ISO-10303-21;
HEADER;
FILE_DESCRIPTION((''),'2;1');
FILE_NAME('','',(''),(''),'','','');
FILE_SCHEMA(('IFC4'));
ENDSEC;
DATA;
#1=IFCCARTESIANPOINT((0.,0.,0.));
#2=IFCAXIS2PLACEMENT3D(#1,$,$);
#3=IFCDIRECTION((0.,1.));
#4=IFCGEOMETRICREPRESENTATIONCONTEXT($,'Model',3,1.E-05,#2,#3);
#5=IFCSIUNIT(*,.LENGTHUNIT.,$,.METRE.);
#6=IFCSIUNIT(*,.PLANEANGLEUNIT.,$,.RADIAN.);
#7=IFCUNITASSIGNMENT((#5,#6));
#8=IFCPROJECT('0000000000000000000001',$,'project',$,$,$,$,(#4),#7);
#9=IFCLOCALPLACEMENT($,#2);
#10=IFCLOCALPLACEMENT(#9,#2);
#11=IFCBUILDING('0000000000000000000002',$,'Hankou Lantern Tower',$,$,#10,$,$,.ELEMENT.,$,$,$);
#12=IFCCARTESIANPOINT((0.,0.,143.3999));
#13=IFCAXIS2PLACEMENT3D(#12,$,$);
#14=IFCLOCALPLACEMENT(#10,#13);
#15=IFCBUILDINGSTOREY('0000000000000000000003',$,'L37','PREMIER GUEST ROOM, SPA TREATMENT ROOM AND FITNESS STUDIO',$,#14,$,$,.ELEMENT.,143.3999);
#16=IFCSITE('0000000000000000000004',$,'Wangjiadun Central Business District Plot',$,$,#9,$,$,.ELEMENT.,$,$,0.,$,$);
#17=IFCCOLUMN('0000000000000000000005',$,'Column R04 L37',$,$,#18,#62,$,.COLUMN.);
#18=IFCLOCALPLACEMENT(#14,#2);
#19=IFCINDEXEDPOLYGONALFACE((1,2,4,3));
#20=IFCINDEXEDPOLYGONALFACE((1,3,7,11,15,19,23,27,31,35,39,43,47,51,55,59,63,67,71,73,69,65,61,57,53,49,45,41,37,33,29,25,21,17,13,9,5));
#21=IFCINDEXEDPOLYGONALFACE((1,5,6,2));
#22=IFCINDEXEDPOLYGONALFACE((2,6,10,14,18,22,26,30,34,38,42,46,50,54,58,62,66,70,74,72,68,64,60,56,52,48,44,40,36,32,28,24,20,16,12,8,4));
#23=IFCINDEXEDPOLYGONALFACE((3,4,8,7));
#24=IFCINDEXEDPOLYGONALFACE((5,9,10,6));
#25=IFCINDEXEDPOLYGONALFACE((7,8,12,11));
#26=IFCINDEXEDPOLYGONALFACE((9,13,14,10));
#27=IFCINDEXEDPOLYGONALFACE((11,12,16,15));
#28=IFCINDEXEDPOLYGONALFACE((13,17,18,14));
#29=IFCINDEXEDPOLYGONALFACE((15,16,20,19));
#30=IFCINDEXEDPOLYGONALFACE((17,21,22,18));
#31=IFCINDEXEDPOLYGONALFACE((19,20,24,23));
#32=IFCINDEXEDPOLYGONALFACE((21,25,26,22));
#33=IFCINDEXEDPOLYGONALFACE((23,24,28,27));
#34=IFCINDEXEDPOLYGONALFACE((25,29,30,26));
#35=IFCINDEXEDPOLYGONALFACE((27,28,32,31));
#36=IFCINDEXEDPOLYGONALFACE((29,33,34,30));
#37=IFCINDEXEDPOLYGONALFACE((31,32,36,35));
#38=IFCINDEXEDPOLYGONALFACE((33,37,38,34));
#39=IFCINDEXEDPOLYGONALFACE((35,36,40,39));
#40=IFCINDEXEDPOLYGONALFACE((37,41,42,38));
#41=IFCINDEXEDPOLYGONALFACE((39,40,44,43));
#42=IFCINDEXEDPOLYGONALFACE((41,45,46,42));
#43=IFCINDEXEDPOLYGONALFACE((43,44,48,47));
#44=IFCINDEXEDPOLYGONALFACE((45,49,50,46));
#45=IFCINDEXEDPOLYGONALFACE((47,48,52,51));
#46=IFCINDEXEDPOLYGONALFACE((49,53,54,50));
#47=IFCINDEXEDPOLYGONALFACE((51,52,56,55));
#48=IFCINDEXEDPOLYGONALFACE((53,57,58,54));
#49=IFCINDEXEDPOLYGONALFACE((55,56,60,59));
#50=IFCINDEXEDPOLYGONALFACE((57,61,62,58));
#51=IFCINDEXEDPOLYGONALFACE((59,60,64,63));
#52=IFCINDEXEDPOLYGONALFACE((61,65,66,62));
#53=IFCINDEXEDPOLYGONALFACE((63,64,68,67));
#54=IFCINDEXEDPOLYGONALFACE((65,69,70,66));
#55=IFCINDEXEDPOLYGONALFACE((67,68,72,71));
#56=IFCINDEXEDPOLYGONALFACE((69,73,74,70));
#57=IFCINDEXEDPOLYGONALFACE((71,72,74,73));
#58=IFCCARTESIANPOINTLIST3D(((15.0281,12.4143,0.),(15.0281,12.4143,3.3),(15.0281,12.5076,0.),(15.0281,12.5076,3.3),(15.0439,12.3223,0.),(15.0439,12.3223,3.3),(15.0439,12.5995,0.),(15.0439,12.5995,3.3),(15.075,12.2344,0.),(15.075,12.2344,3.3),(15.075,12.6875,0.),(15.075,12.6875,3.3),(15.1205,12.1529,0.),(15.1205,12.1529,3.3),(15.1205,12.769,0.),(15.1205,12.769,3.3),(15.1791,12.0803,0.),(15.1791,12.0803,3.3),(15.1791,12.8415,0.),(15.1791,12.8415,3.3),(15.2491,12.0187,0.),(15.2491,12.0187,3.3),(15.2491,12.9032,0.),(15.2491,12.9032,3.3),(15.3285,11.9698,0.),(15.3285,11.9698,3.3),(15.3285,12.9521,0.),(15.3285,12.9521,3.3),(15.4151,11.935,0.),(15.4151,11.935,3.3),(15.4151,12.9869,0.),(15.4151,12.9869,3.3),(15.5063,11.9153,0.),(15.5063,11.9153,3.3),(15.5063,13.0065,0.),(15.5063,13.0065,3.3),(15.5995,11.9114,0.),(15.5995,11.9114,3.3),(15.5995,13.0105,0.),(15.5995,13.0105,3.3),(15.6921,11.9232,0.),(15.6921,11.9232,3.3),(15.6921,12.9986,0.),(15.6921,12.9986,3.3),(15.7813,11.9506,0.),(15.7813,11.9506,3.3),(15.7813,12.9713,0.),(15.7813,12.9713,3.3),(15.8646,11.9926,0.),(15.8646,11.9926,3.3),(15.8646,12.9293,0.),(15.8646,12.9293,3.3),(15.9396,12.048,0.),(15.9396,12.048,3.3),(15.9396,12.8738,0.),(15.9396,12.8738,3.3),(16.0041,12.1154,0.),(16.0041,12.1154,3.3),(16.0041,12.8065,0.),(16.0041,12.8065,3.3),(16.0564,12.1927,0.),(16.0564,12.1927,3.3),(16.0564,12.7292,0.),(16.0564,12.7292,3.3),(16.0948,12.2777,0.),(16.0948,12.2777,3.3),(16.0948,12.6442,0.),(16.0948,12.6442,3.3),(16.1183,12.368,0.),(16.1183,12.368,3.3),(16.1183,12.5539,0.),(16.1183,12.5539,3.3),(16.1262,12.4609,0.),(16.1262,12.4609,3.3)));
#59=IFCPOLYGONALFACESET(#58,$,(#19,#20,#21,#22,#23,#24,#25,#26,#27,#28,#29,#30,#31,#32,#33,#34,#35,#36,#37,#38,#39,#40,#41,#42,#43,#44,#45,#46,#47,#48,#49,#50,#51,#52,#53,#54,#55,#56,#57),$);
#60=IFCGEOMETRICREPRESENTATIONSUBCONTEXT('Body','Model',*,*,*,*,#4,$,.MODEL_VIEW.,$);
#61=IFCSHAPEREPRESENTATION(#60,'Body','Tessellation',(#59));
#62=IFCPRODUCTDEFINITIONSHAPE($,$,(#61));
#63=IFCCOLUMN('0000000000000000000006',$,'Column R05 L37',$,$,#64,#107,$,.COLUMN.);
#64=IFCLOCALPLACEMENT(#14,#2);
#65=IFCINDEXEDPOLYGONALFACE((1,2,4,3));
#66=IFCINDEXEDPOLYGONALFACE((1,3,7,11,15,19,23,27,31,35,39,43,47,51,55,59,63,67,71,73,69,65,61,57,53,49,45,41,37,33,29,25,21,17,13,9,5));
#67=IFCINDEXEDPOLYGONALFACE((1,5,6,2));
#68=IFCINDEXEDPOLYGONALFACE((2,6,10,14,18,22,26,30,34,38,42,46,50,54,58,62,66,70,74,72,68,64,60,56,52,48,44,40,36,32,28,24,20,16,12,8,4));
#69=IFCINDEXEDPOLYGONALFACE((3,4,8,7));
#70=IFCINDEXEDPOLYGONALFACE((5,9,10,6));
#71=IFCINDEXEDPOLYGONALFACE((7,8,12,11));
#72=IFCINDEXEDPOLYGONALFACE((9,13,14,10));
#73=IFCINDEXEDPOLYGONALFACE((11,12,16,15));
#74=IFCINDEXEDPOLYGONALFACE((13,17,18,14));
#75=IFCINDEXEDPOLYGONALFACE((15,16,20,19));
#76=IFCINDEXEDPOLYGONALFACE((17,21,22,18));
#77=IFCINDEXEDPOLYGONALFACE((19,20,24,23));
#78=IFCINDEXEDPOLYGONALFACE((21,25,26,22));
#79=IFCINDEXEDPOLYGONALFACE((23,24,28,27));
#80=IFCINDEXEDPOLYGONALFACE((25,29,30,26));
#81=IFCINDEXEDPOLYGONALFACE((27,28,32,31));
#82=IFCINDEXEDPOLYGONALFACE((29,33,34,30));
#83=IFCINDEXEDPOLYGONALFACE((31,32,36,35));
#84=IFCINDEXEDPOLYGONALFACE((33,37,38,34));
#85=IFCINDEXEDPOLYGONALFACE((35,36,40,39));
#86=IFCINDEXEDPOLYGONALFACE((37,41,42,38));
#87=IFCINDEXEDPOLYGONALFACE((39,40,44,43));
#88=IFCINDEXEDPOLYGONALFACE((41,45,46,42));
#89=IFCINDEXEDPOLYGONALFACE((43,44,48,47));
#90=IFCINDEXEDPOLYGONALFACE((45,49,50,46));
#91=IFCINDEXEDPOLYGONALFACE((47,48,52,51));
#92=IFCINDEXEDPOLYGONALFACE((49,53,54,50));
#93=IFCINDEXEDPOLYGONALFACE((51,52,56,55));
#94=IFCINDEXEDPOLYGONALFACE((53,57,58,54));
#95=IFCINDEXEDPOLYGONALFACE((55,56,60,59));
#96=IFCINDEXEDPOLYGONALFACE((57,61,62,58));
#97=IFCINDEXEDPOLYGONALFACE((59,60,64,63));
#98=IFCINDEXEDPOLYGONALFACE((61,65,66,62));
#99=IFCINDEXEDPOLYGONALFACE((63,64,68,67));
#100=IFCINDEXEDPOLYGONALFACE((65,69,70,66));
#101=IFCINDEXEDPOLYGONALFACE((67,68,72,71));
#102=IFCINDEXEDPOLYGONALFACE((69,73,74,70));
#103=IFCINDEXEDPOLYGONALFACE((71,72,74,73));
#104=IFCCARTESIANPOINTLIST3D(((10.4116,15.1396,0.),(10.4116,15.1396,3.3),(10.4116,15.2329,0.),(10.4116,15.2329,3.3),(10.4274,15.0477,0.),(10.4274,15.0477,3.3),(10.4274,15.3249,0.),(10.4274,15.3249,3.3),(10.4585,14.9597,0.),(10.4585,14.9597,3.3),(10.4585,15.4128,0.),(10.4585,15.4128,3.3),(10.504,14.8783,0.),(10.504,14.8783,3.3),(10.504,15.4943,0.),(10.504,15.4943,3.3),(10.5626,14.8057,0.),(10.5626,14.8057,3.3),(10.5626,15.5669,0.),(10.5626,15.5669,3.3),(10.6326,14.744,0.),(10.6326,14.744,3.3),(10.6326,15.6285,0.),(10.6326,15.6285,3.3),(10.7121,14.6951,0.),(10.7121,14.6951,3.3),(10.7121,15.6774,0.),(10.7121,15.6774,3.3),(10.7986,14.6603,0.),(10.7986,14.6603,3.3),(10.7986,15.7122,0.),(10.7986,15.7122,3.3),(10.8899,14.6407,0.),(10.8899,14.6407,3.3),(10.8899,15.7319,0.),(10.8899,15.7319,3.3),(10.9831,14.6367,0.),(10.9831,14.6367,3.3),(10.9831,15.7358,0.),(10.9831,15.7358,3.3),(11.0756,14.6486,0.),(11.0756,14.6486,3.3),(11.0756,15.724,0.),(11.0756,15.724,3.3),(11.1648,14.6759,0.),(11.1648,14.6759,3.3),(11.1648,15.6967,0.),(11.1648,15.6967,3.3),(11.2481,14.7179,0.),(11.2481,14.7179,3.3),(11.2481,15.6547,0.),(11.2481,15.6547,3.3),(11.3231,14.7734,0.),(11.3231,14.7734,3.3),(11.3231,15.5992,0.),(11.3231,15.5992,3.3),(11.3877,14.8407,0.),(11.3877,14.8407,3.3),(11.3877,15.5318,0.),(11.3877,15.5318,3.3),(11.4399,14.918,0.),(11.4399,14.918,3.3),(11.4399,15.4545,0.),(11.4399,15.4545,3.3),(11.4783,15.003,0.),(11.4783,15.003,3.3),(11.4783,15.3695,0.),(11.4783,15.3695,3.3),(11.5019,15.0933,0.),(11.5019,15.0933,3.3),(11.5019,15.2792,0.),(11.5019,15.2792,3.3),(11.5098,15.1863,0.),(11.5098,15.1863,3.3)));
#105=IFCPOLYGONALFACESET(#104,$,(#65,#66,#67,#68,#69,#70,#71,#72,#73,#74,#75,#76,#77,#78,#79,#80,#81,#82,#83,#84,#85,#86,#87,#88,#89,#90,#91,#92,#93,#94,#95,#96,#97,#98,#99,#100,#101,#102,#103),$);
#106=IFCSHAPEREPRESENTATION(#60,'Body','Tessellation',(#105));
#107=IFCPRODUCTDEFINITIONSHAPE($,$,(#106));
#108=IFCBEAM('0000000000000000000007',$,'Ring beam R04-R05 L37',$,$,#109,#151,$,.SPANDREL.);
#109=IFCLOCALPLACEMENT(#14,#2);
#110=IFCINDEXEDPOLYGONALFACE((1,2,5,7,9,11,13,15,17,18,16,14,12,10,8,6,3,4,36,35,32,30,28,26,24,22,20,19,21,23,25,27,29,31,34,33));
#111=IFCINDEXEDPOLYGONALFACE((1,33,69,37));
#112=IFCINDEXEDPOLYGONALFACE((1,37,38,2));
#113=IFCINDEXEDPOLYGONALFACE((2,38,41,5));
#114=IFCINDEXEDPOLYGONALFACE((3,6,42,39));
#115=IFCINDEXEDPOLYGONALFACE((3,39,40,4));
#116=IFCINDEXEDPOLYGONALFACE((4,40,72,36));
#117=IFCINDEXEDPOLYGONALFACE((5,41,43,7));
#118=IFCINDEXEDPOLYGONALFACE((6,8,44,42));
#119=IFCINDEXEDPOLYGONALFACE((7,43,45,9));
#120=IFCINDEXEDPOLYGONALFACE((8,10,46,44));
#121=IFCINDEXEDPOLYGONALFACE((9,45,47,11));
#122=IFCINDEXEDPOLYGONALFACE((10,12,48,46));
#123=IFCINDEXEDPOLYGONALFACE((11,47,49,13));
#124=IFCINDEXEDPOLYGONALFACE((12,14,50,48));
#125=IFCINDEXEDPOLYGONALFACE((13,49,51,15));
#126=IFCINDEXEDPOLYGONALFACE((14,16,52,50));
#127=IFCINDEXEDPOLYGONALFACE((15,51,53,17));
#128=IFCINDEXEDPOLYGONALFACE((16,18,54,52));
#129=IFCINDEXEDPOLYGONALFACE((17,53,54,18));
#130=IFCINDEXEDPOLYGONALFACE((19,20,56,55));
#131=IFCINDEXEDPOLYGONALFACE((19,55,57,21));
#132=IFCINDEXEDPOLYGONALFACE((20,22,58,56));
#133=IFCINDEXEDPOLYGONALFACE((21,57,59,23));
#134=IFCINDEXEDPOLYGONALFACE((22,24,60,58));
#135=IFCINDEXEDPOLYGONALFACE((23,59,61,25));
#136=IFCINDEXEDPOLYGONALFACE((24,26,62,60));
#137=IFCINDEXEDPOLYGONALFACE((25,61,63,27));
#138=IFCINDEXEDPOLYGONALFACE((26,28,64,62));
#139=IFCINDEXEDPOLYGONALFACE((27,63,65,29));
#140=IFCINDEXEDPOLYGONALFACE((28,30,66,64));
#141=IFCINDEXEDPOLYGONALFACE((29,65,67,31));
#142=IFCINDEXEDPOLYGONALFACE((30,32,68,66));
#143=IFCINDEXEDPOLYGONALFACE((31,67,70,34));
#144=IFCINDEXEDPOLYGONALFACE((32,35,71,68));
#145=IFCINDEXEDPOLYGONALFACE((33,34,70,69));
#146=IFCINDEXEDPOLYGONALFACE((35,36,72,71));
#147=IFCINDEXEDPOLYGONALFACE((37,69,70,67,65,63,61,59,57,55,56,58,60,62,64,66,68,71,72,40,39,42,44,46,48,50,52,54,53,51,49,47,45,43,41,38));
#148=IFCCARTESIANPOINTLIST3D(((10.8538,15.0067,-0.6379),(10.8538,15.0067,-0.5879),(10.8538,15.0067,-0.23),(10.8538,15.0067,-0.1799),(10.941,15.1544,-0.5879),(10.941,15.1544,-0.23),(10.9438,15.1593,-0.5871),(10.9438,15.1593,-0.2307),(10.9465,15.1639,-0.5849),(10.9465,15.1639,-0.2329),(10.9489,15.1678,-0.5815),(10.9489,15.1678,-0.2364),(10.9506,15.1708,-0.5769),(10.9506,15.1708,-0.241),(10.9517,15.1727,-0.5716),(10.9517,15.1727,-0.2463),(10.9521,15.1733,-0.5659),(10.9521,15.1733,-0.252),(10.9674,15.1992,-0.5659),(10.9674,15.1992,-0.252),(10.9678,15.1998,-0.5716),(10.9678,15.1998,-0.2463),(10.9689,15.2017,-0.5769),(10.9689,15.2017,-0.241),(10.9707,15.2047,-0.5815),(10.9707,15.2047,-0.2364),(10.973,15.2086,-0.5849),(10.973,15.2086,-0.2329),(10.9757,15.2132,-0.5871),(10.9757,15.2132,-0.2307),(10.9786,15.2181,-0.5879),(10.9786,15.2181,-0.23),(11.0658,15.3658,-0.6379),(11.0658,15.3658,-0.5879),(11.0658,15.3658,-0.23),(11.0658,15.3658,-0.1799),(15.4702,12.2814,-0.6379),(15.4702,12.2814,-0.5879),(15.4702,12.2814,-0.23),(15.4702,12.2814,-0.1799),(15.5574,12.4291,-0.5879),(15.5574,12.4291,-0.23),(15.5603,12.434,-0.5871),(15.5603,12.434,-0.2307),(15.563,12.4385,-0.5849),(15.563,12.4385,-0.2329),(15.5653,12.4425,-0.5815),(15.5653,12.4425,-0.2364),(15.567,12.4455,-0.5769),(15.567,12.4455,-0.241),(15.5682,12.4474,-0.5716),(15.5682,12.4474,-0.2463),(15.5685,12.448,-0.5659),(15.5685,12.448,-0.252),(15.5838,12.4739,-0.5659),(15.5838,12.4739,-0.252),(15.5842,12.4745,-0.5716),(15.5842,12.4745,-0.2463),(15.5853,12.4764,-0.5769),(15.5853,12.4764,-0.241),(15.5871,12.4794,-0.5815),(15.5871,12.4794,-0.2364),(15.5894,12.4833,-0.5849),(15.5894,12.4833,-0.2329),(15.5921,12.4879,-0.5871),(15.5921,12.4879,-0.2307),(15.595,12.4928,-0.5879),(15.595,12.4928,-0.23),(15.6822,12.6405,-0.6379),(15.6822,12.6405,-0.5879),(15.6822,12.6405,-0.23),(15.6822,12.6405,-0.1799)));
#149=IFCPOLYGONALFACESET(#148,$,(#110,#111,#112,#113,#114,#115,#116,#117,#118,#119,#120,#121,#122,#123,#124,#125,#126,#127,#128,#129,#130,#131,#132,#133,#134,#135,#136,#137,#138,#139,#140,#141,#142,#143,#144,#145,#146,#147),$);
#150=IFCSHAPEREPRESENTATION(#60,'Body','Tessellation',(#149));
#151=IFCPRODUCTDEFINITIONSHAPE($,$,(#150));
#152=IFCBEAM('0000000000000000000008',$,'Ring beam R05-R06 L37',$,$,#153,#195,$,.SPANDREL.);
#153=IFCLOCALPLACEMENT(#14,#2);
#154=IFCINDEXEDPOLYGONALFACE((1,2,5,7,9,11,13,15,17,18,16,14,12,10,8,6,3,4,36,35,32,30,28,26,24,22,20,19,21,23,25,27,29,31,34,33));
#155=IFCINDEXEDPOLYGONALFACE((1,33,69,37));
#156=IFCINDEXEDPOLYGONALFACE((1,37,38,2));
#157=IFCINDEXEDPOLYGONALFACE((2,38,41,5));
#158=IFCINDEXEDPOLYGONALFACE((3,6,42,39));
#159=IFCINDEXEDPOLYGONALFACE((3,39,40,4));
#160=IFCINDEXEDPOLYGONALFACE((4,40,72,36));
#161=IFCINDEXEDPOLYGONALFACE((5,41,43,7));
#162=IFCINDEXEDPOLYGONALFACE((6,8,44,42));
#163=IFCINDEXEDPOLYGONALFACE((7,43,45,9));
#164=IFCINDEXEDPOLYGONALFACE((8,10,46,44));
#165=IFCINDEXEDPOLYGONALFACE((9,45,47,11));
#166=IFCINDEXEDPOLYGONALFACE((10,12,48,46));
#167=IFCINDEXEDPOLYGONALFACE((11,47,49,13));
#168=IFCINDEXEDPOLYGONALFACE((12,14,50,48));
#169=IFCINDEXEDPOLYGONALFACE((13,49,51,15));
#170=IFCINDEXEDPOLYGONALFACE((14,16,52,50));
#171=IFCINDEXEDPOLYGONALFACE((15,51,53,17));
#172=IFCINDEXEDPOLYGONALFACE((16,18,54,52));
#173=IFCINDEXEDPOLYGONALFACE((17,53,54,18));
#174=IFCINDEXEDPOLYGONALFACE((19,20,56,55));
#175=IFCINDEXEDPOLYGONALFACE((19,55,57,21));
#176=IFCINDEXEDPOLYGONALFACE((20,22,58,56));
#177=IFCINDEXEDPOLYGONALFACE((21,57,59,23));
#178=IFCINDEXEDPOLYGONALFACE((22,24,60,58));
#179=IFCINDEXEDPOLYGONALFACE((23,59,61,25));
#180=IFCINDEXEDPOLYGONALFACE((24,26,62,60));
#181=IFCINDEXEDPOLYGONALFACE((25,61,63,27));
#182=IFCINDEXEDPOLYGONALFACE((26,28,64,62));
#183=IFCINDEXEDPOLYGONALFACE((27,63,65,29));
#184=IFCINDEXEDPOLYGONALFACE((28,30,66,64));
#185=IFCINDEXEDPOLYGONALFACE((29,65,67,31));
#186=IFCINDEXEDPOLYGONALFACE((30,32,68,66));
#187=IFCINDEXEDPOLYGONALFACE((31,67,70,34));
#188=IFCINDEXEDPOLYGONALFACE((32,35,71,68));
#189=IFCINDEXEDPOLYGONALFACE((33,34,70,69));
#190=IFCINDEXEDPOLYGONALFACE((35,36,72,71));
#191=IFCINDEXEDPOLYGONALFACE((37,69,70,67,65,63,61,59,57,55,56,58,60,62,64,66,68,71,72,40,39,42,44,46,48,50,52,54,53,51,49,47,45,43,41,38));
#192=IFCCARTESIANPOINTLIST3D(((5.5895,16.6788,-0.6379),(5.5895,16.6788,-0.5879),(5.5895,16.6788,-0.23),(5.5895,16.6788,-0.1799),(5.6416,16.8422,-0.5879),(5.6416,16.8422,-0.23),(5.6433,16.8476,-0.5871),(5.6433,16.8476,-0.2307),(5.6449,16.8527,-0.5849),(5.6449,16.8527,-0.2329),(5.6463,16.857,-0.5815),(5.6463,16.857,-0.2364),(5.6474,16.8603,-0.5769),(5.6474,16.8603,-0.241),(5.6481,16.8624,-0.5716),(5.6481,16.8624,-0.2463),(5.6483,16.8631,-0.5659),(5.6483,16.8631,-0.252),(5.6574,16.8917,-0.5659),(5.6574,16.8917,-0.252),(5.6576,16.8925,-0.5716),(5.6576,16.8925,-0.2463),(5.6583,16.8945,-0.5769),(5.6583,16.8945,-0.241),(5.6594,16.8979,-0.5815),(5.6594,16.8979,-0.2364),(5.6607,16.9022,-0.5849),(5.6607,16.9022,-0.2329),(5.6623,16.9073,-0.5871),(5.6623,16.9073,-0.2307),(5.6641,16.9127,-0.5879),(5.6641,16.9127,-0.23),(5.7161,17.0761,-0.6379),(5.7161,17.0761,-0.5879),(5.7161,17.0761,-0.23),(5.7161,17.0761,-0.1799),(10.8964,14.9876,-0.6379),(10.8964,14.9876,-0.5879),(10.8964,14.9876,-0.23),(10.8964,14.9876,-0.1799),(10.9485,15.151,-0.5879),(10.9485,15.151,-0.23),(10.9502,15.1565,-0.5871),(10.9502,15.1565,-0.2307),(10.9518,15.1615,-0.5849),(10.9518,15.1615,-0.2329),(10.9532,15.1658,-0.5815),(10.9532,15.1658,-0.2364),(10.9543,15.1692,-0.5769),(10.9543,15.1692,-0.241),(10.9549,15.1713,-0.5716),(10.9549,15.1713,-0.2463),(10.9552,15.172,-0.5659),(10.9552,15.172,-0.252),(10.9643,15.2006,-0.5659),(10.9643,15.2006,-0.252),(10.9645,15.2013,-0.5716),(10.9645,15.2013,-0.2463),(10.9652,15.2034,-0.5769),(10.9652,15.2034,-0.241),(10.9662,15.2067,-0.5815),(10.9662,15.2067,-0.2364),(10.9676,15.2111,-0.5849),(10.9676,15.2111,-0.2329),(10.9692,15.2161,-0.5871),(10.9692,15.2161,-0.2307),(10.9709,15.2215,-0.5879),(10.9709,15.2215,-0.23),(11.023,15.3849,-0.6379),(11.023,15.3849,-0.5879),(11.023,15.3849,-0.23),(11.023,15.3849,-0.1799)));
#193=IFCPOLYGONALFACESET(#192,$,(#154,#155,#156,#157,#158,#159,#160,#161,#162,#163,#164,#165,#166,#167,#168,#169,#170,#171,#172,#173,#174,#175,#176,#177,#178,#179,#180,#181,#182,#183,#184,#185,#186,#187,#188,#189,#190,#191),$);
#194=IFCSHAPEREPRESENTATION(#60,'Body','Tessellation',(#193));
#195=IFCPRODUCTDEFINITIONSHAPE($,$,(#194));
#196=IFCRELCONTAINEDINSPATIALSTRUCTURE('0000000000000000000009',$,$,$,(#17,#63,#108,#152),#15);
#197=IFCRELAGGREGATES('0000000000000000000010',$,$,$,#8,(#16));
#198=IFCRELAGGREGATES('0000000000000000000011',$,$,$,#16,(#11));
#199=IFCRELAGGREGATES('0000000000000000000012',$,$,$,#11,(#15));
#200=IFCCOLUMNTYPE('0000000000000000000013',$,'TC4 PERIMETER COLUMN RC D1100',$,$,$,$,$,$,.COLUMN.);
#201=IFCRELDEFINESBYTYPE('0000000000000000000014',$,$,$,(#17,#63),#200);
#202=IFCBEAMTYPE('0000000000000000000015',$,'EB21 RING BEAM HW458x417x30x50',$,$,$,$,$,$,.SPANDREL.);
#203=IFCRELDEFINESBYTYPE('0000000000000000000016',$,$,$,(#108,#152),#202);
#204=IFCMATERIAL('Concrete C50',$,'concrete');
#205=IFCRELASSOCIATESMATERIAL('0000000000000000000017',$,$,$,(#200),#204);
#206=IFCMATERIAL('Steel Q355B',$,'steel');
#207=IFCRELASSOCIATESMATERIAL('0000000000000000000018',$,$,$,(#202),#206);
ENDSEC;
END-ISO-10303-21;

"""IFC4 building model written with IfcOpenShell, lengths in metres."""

from ifc_helpers import new_model, si_unit, direction, frame, origin, origin_2d, place, context, subcontext, project, spatial, circle, i_section, extrude, material, material_profile, profile_set, type_object, element, save


model = new_model("IFC4")

# Units and contexts
model_context = context("Model", 3, precision=1e-05, world=origin(), true_north=direction((0.0, 1.0)))
body_context = subcontext(model_context, "Body", "Model", "MODEL_VIEW")
ifc_project = project(units=[si_unit("LENGTHUNIT", "METRE"), si_unit("PLANEANGLEUNIT", "RADIAN")], contexts=[model_context])

# Site, building, storey
site_placement = place(None, origin())
site = spatial("IfcSite", under=ifc_project, at=site_placement, Name="Wangjiadun Central Business District Plot", CompositionType="ELEMENT", RefElevation=0.0)
building_placement = place(site_placement, origin())
building = spatial("IfcBuilding", under=site, at=building_placement, Name="Hankou Lantern Tower", CompositionType="ELEMENT")
storey_placement = place(building_placement, frame((0.0, 0.0, 143.3999)))
storey = spatial("IfcBuildingStorey", under=building, at=storey_placement, Name="L37", Description="PREMIER GUEST ROOM, SPA TREATMENT ROOM AND FITNESS STUDIO", CompositionType="ELEMENT", Elevation=143.3999)

# Columns
ifc_material_1 = material(Name="Concrete C50", Category="concrete")
ifc_material_profile_1 = material_profile(ifc_material_1, circle(Radius=0.55, at=origin_2d()), Name="RC D1100")
ifc_profile_set_1 = profile_set([ifc_material_profile_1], Name="Concrete C50")
column_type = type_object("IfcColumnType", Name="TC4 PERIMETER COLUMN RC D1100", PredefinedType="COLUMN", material=ifc_profile_set_1)
for number, where, z_axis, x_axis, name in (
    (1, (15.5762, 12.4609, 0.0), (0.0, 0.0, 1.0), (1.0, 0.0, 0.0), "Column R04 L37"),
    (2, (10.9597, 15.1863, 0.0), (0.0, 0.0, 1.0), (1.0, 0.0, 0.0), "Column R05 L37"),
):
    element("IfcColumn", number, at=place(storey_placement, frame(where, z_axis=z_axis, x_axis=x_axis)), inside=storey, type_object=column_type, Name=name, PredefinedType="COLUMN", context=body_context, shape_type="SweptSolid", body=[
        extrude(circle(Radius=0.55, at=origin_2d()), origin(), (0.0, 0.0, 1.0), 3.3),
    ])

# Beams
ifc_material_2 = material(Name="Steel Q355B", Category="steel")
ifc_material_profile_2 = material_profile(ifc_material_2, i_section(OverallWidth=0.417, OverallDepth=0.458, WebThickness=0.03, FlangeThickness=0.05, FilletRadius=0.022, at=origin_2d()), Name="HW458x417x30x50")
ifc_profile_set_2 = profile_set([ifc_material_profile_2], Name="Steel Q355B")
beam_type_1 = type_object("IfcBeamType", Name="EB21 RING BEAM HW458x417x30x50", PredefinedType="SPANDREL", material=ifc_profile_set_2)
beam_1_placement = place(storey_placement, frame((15.5762, 12.4609, -0.4089), z_axis=(-0.861136, 0.508375, 0.0), x_axis=(-0.508375, -0.861136, 0.0)))
element("IfcBeam", 3, at=beam_1_placement, inside=storey, type_object=beam_type_1, Name="Ring beam R04-R05 L37", PredefinedType="SPANDREL", context=body_context, shape_type="SweptSolid", body=[
    extrude(i_section(OverallWidth=0.417, OverallDepth=0.458, WebThickness=0.03, FlangeThickness=0.05, FilletRadius=0.022, at=origin_2d()), origin(), (0.0, 0.0, 1.0), 5.3608),
])
beam_2_placement = place(storey_placement, frame((10.9597, 15.1863, -0.4089), z_axis=(-0.95279, 0.303629, 0.0), x_axis=(-0.303629, -0.95279, 0.0)))
element("IfcBeam", 4, at=beam_2_placement, inside=storey, type_object=beam_type_1, Name="Ring beam R05-R06 L37", PredefinedType="SPANDREL", context=body_context, shape_type="SweptSolid", body=[
    extrude(i_section(OverallWidth=0.417, OverallDepth=0.458, WebThickness=0.03, FlangeThickness=0.05, FilletRadius=0.022, at=origin_2d()), origin(), (0.0, 0.0, 1.0), 5.5698),
])

save(model, "model.ifc")
